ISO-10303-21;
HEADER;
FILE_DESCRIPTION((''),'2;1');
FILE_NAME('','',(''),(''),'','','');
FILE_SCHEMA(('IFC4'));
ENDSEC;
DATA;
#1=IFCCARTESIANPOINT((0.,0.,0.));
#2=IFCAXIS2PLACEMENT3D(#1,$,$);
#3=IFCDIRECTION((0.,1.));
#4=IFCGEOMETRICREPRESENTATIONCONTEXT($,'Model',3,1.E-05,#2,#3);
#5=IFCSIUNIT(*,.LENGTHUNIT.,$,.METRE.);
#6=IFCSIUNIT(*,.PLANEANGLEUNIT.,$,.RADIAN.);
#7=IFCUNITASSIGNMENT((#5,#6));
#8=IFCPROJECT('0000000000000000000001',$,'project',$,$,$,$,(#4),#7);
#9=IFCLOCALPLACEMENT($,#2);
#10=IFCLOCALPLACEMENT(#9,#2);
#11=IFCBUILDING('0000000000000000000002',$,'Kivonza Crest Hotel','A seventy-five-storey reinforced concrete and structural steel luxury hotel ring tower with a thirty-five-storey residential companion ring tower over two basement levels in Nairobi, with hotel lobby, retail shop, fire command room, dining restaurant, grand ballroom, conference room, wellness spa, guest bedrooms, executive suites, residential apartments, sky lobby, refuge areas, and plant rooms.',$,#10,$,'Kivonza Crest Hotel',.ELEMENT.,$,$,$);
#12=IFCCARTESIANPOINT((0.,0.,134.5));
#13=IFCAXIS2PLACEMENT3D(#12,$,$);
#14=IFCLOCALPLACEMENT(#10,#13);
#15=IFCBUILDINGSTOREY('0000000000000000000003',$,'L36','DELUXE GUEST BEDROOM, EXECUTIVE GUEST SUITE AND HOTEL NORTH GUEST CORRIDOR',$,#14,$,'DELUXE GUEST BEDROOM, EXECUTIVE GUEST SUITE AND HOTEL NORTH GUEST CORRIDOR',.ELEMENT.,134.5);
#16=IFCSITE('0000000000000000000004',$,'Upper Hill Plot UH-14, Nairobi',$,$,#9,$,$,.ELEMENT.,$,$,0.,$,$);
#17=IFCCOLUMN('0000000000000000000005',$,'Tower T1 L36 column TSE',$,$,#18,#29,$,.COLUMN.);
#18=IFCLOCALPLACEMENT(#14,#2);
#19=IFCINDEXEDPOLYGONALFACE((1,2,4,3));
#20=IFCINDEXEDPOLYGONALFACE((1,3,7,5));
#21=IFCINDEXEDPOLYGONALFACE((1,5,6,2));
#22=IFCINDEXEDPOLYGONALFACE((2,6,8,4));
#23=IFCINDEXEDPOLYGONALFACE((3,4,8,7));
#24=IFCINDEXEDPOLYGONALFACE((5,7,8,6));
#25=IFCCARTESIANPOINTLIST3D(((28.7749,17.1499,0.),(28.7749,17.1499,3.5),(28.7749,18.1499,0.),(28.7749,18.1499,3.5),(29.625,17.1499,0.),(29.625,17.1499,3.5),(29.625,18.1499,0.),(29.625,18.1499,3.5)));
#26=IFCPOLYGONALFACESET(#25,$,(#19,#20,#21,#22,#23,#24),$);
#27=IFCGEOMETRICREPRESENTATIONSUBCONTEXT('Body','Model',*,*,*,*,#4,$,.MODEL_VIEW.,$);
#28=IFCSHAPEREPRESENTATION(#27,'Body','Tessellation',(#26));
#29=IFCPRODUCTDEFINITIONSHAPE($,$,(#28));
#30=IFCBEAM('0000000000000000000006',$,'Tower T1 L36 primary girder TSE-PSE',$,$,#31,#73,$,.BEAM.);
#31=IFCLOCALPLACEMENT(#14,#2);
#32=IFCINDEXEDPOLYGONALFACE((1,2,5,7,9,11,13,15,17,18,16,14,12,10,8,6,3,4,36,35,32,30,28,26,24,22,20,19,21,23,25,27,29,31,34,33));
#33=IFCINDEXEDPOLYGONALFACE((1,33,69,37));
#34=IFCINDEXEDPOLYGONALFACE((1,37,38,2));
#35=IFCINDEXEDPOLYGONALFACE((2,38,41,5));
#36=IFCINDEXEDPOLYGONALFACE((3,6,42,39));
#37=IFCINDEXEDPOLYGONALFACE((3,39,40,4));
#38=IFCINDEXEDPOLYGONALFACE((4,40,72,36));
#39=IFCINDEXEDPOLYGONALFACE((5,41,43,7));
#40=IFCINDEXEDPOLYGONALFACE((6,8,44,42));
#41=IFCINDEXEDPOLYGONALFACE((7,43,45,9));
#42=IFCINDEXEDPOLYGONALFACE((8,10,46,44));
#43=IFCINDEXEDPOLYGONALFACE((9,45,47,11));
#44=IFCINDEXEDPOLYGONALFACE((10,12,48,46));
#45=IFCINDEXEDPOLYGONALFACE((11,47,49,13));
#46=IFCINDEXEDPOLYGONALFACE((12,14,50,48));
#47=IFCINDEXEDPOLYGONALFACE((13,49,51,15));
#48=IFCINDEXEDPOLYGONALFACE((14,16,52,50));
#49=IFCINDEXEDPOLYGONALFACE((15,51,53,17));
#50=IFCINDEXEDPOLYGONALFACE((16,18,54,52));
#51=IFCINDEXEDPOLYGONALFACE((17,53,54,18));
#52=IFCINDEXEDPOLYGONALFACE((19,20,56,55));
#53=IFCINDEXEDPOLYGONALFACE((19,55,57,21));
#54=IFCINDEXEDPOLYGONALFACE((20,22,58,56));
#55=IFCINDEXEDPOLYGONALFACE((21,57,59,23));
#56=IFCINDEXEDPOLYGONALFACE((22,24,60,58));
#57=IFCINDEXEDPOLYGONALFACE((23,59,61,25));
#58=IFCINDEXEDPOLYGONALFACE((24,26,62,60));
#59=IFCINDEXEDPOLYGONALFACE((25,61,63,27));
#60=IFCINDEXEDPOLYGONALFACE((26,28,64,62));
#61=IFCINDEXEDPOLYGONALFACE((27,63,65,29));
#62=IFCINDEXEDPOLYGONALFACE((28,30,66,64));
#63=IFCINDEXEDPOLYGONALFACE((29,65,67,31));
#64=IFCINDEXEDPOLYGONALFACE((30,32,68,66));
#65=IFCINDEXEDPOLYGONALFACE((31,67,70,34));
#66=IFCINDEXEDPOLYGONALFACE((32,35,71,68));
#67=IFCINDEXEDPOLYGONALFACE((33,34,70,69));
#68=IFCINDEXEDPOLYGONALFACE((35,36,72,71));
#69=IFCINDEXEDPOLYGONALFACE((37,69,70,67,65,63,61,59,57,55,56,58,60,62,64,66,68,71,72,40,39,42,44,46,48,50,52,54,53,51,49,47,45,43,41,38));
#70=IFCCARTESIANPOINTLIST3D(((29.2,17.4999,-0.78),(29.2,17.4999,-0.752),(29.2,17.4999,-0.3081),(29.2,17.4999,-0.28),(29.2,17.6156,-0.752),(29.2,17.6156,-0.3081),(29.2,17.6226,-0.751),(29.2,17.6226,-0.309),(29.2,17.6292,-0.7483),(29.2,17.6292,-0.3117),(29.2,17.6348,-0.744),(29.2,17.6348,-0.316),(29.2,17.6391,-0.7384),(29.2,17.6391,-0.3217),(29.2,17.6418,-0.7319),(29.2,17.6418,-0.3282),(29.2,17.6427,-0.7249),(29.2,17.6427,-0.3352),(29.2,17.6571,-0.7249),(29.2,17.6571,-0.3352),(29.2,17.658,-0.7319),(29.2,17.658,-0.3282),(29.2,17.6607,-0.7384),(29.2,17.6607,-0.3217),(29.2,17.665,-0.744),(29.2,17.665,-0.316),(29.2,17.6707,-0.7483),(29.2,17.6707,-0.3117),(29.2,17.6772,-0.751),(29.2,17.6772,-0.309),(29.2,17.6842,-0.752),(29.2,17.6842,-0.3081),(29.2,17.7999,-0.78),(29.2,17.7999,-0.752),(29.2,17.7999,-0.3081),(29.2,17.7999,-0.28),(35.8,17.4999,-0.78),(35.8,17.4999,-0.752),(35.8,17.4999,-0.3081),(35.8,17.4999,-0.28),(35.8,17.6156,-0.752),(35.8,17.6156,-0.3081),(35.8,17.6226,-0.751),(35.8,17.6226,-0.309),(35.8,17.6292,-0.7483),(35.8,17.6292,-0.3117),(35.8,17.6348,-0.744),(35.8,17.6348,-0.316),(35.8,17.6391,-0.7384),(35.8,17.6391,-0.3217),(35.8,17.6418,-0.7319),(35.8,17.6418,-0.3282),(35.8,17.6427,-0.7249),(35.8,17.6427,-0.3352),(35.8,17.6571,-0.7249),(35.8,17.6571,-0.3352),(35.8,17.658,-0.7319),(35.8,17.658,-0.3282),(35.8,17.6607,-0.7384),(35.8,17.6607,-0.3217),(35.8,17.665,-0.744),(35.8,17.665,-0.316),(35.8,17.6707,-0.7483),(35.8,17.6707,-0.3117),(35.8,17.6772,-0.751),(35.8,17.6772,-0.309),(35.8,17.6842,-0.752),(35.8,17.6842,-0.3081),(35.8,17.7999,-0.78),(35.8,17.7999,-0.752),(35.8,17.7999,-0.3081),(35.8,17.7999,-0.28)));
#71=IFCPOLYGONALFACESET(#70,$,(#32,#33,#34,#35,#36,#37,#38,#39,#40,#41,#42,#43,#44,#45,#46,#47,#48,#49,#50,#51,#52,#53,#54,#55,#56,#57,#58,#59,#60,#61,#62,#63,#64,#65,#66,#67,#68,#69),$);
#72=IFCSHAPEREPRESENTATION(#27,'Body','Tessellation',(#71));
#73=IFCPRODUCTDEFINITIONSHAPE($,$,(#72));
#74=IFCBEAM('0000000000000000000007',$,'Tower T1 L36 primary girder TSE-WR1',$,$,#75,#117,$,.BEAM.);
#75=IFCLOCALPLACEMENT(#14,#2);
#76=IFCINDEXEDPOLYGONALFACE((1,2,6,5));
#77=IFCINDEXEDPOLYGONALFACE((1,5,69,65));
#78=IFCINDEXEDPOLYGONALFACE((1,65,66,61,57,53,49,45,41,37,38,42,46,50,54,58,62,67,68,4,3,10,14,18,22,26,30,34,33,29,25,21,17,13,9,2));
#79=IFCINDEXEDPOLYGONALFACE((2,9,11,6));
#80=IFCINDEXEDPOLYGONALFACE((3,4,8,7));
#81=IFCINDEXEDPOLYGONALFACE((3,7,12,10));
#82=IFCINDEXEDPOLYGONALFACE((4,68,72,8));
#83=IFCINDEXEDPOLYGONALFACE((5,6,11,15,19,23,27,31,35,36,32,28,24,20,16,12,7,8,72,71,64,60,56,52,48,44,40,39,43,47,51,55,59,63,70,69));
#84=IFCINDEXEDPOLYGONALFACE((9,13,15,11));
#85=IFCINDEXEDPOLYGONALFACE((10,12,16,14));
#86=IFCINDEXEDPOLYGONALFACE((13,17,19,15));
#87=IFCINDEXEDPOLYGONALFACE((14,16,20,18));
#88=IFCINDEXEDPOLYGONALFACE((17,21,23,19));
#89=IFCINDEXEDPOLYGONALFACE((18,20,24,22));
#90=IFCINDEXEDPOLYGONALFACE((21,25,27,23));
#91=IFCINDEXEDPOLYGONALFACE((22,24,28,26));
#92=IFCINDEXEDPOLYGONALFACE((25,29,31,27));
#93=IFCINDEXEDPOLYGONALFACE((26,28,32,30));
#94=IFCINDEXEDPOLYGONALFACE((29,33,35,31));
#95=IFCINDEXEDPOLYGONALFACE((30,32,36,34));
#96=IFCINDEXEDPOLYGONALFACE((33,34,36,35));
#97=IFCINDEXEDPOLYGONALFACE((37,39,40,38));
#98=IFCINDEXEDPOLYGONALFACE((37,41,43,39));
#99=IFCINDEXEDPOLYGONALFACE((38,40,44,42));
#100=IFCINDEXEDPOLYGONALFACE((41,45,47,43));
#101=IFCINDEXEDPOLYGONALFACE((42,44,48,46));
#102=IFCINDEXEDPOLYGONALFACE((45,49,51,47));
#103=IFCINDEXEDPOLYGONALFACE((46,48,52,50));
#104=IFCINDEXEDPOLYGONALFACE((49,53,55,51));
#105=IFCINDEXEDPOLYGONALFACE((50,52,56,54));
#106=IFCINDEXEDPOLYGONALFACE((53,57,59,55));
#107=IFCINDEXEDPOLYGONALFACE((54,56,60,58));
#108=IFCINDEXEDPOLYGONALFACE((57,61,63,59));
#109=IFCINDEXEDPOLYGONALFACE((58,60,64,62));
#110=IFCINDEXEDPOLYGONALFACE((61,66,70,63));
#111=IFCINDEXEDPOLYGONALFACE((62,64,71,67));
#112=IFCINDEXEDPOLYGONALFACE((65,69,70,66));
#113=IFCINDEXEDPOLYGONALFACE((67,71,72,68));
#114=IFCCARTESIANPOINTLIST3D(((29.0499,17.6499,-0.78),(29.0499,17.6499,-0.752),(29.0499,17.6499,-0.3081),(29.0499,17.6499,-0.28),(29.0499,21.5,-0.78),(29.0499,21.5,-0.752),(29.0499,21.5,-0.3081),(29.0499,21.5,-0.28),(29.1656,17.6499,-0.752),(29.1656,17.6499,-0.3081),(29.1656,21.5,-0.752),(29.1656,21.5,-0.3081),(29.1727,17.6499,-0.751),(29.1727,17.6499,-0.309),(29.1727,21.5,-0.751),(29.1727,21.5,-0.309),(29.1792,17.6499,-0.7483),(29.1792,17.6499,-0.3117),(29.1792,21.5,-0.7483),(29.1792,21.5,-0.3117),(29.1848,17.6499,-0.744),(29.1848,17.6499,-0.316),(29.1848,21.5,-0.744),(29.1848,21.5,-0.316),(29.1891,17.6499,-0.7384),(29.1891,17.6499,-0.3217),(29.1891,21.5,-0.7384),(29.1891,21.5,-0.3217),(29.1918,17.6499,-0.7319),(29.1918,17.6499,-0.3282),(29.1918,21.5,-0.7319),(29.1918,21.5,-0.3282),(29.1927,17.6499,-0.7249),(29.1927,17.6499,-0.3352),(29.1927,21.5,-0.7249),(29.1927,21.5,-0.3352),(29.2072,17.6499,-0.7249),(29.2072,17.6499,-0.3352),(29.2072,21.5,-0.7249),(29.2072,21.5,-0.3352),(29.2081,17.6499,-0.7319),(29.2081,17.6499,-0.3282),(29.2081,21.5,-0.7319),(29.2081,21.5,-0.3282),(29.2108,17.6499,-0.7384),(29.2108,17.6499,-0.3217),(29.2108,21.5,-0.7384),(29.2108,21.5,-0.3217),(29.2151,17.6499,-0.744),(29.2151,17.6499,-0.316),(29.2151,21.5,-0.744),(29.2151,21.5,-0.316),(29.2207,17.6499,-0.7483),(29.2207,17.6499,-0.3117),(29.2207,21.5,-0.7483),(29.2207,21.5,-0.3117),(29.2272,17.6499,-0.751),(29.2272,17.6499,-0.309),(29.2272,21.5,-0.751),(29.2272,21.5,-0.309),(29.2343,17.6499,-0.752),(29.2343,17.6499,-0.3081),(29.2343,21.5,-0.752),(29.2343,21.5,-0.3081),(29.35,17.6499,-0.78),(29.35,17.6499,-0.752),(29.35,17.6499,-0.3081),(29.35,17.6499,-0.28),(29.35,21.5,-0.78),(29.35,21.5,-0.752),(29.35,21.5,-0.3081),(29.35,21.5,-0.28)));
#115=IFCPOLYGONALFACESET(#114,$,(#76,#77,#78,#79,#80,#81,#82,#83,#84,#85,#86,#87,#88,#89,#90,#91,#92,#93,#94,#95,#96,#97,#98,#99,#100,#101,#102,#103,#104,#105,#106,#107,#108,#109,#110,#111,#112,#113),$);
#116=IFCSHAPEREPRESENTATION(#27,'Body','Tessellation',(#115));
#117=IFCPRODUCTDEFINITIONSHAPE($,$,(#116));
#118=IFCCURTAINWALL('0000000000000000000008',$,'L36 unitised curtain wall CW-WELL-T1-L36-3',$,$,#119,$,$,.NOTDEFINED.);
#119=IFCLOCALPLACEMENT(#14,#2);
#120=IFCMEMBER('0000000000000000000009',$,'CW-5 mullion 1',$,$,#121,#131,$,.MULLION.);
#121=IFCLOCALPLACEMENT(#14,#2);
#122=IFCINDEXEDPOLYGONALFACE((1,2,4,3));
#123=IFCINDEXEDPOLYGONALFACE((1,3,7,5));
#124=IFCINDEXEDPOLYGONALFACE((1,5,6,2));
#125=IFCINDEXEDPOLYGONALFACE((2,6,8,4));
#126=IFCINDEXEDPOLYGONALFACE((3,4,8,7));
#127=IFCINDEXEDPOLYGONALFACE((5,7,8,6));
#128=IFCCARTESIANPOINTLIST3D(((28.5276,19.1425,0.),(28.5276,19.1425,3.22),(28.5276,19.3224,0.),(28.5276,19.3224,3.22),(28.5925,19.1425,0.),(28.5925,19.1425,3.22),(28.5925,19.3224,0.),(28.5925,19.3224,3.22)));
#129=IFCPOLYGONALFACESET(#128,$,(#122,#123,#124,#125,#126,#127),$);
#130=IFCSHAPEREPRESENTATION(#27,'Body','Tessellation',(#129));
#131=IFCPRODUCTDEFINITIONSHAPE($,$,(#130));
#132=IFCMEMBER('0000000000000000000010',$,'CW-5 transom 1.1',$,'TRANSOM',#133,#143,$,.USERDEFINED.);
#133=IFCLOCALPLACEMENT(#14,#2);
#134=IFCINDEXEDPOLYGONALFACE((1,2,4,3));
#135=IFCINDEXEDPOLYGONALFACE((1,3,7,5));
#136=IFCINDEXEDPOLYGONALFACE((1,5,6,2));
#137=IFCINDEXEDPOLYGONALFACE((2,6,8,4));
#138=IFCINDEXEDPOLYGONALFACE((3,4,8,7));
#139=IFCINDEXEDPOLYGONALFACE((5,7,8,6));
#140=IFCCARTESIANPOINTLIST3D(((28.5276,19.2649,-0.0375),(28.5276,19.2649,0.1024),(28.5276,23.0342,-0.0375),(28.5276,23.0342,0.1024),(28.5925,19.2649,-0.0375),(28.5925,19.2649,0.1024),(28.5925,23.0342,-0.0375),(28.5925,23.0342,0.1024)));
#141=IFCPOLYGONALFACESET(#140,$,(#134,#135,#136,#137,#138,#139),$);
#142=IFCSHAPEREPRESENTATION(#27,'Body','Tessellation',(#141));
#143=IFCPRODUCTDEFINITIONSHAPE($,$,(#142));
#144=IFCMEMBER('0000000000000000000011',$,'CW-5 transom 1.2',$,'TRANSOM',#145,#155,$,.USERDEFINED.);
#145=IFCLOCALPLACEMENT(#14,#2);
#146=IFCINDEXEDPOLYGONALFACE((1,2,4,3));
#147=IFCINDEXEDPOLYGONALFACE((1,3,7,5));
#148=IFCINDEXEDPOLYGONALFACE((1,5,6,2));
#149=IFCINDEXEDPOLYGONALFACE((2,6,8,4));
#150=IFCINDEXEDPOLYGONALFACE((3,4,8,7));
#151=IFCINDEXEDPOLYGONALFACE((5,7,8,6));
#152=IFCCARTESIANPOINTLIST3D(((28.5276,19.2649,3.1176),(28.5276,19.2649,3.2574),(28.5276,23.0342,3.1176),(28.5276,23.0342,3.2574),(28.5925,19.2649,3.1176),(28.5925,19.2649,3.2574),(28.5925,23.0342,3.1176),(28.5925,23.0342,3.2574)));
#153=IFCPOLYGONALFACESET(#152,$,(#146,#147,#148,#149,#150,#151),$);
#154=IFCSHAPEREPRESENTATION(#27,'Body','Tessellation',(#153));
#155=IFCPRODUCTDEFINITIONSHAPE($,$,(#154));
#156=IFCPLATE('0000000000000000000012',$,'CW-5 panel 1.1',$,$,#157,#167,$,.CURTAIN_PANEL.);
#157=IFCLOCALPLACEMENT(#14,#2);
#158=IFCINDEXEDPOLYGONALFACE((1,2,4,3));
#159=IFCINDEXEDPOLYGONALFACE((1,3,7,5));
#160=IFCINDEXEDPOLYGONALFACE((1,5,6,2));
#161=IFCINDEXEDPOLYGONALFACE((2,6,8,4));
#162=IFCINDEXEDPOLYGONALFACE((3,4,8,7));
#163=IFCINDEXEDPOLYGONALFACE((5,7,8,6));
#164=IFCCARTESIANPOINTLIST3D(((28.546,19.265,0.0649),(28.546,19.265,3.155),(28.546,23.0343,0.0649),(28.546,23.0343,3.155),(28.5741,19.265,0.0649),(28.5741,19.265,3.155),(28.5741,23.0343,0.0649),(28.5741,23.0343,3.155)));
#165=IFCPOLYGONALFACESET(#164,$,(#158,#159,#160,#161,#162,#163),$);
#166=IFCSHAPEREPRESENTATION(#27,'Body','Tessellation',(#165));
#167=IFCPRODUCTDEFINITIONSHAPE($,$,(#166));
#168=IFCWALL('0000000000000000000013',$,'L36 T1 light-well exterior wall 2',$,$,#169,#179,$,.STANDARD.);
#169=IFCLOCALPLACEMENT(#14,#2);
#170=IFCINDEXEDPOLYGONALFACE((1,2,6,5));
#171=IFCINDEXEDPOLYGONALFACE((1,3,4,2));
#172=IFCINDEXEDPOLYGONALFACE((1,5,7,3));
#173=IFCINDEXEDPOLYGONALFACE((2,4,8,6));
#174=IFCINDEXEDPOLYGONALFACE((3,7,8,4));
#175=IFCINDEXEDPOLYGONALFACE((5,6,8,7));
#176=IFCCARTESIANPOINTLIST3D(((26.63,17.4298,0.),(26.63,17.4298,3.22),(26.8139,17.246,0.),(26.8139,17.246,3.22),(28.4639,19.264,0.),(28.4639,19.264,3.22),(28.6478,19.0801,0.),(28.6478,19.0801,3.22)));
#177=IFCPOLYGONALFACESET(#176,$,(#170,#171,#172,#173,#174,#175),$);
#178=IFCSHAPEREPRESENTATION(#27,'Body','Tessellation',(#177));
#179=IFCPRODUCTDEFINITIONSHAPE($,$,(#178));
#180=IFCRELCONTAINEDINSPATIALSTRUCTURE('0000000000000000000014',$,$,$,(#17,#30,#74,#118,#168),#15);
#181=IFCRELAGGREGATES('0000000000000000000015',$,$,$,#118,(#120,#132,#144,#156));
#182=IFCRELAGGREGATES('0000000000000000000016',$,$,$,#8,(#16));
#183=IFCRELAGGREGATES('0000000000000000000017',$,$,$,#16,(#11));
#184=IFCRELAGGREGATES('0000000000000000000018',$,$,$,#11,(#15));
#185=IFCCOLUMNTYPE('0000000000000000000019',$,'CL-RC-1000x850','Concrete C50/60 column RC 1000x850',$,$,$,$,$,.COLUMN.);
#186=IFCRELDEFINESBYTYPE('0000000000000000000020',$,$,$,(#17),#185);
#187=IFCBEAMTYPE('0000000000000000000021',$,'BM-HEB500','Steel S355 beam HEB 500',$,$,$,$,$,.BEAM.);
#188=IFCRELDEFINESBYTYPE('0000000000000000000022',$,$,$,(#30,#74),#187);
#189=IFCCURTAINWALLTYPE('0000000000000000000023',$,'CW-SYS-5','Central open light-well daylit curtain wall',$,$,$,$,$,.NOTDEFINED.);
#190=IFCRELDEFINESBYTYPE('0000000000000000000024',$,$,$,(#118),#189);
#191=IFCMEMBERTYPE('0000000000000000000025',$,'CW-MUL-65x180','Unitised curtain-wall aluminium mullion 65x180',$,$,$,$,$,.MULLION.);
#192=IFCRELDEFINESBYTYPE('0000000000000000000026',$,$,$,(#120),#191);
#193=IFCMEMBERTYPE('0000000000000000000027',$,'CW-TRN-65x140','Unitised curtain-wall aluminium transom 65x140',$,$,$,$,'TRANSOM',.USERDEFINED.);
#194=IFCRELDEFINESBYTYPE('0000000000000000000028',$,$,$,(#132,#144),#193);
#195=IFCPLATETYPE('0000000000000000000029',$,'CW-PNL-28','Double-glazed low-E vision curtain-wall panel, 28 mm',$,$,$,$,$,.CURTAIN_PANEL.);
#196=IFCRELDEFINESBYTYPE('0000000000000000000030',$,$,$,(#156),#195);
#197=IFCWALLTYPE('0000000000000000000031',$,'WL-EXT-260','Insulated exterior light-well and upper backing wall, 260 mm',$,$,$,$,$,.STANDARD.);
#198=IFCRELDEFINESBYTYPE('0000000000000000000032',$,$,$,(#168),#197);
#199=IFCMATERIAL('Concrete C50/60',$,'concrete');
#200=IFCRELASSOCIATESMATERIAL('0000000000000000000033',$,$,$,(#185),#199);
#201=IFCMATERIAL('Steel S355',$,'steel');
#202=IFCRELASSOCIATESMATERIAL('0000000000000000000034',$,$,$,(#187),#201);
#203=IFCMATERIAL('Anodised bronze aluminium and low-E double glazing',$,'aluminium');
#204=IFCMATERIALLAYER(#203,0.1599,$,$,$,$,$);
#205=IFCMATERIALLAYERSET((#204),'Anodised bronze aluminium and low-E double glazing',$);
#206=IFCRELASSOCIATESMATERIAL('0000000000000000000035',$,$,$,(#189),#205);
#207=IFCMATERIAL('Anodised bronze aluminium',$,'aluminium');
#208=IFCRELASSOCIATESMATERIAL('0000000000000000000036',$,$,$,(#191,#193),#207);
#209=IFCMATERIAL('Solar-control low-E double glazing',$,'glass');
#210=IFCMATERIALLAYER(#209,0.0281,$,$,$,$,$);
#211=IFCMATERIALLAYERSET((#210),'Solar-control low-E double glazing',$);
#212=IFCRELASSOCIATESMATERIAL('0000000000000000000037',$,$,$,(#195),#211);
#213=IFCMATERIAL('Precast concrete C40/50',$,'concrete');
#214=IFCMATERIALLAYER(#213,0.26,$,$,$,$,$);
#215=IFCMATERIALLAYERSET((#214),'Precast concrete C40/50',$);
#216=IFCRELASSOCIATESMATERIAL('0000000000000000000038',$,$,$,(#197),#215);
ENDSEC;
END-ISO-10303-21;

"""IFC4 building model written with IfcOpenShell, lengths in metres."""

from ifc_helpers import new_model, si_unit, direction, frame, frame_2d, origin, origin_2d, place, context, subcontext, project, spatial, rectangle, i_section, extrude, material, layer, layer_set, material_profile, profile_set, type_object, element, aggregate, save


model = new_model("IFC4")

# Units and contexts
model_context = context("Model", 3, precision=1e-05, world=origin(), true_north=direction((0.0, 1.0)))
body_context = subcontext(model_context, "Body", "Model", "MODEL_VIEW")
ifc_project = project(units=[si_unit("LENGTHUNIT", "METRE"), si_unit("PLANEANGLEUNIT", "RADIAN")], contexts=[model_context])

# Site, building, storey
site_placement = place(None, origin())
site = spatial("IfcSite", under=ifc_project, at=site_placement, Name="Upper Hill Plot UH-14, Nairobi", CompositionType="ELEMENT", RefElevation=0.0)
building_placement = place(site_placement, origin())
building = spatial("IfcBuilding", under=site, at=building_placement, Name="Kivonza Crest Hotel", Description="A seventy-five-storey reinforced concrete and structural steel luxury hotel ring tower with a thirty-five-storey residential companion ring tower over two basement levels in Nairobi, with hotel lobby, retail shop, fire command room, dining restaurant, grand ballroom, conference room, wellness spa, guest bedrooms, executive suites, residential apartments, sky lobby, refuge areas, and plant rooms.", LongName="Kivonza Crest Hotel", CompositionType="ELEMENT")
storey_placement = place(building_placement, frame((0.0, 0.0, 134.5)))
storey = spatial("IfcBuildingStorey", under=building, at=storey_placement, Name="L36", Description="DELUXE GUEST BEDROOM, EXECUTIVE GUEST SUITE AND HOTEL NORTH GUEST CORRIDOR", LongName="DELUXE GUEST BEDROOM, EXECUTIVE GUEST SUITE AND HOTEL NORTH GUEST CORRIDOR", CompositionType="ELEMENT", Elevation=134.5)

# Column
ifc_material_1 = material(Name="Concrete C50/60", Category="concrete")
ifc_material_profile_1 = material_profile(ifc_material_1, rectangle(XDim=0.8501, YDim=1.0, at=origin_2d()), Name="RC 1000x850")
ifc_profile_set_1 = profile_set([ifc_material_profile_1], Name="Concrete C50/60")
column_type = type_object("IfcColumnType", Name="CL-RC-1000x850", Description="Concrete C50/60 column RC 1000x850", PredefinedType="COLUMN", material=ifc_profile_set_1)
column_placement = place(storey_placement, frame((29.2, 17.6499, 0.0), z_axis=(0.0, 0.0, 1.0), x_axis=(1.0, 0.0, 0.0)))
element("IfcColumn", 1, at=column_placement, inside=storey, type_object=column_type, Name="Tower T1 L36 column TSE", PredefinedType="COLUMN", context=body_context, shape_type="SweptSolid", body=[
    extrude(rectangle(XDim=0.8501, YDim=1.0, at=origin_2d()), origin(), (0.0, 0.0, 1.0), 3.5),
])

# Beams
ifc_material_2 = material(Name="Steel S355", Category="steel")
ifc_material_profile_2 = material_profile(ifc_material_2, i_section(OverallWidth=0.3, OverallDepth=0.5, WebThickness=0.0144, FlangeThickness=0.0281, FilletRadius=0.0271, at=origin_2d()), Name="HEB 500")
ifc_profile_set_2 = profile_set([ifc_material_profile_2], Name="Steel S355")
beam_type = type_object("IfcBeamType", Name="BM-HEB500", Description="Steel S355 beam HEB 500", PredefinedType="BEAM", material=ifc_profile_set_2)
beam_1_placement = place(storey_placement, frame((29.2, 17.6499, -0.53), z_axis=(1.0, 0.0, 0.0), x_axis=(0.0, 1.0, 0.0)))
element("IfcBeam", 2, at=beam_1_placement, inside=storey, type_object=beam_type, Name="Tower T1 L36 primary girder TSE-PSE", PredefinedType="BEAM", context=body_context, shape_type="SweptSolid", body=[
    extrude(i_section(OverallWidth=0.3, OverallDepth=0.5, WebThickness=0.0144, FlangeThickness=0.0281, FilletRadius=0.0271, at=origin_2d()), origin(), (0.0, 0.0, 1.0), 6.6001),
])
beam_2_placement = place(storey_placement, frame((29.2, 17.6499, -0.53), z_axis=(0.0, 1.0, 0.0), x_axis=(-1.0, 0.0, 0.0)))
element("IfcBeam", 3, at=beam_2_placement, inside=storey, type_object=beam_type, Name="Tower T1 L36 primary girder TSE-WR1", PredefinedType="BEAM", context=body_context, shape_type="SweptSolid", body=[
    extrude(i_section(OverallWidth=0.3, OverallDepth=0.5, WebThickness=0.0144, FlangeThickness=0.0281, FilletRadius=0.0271, at=origin_2d()), origin(), (0.0, 0.0, 1.0), 3.8501),
])

# Curtain wall, members, plate
ifc_material_3 = material(Name="Anodised bronze aluminium and low-E double glazing", Category="aluminium")
ifc_layer_1 = layer(ifc_material_3, 0.1599)
ifc_layer_set_1 = layer_set([ifc_layer_1], Name="Anodised bronze aluminium and low-E double glazing")
curtain_wall_type = type_object("IfcCurtainWallType", Name="CW-SYS-5", Description="Central open light-well daylit curtain wall", PredefinedType="NOTDEFINED", material=ifc_layer_set_1)
curtain_wall_placement = place(storey_placement, origin())
curtain_wall = element("IfcCurtainWall", 4, at=curtain_wall_placement, inside=storey, type_object=curtain_wall_type, Name="L36 unitised curtain wall CW-WELL-T1-L36-3", PredefinedType="NOTDEFINED")
ifc_material_4 = material(Name="Anodised bronze aluminium", Category="aluminium")
ifc_material_profile_3 = material_profile(ifc_material_4, rectangle(XDim=0.0649, YDim=0.1799, at=origin_2d()), Name="CW-M 65x180")
ifc_profile_set_3 = profile_set([ifc_material_profile_3], Name="Anodised bronze aluminium")
member_type_1 = type_object("IfcMemberType", Name="CW-MUL-65x180", Description="Unitised curtain-wall aluminium mullion 65x180", PredefinedType="MULLION", material=ifc_profile_set_3)
member_1_placement = place(storey_placement, frame((28.5601, 19.2324, 0.0), z_axis=(0.0, 0.0, 1.0), x_axis=(-1.0, 0.0, 0.0)))
member_1 = element("IfcMember", 5, at=member_1_placement, type_object=member_type_1, Name="CW-5 mullion 1", PredefinedType="MULLION", context=body_context, shape_type="SweptSolid", body=[
    extrude(rectangle(XDim=0.0649, YDim=0.1799, at=origin_2d()), origin(), (0.0, 0.0, 1.0), 3.22),
])
ifc_material_profile_4 = material_profile(ifc_material_4, rectangle(XDim=0.0649, YDim=0.1399, at=origin_2d()), Name="CW-T 65x140")
ifc_profile_set_4 = profile_set([ifc_material_profile_4], Name="Anodised bronze aluminium")
member_type_2 = type_object("IfcMemberType", Name="CW-TRN-65x140", Description="Unitised curtain-wall aluminium transom 65x140", ElementType="TRANSOM", PredefinedType="USERDEFINED", material=ifc_profile_set_4)
member_2_placement = place(storey_placement, frame((28.5601, 19.2649, 0.0325), z_axis=(0.0, 1.0, 0.0), x_axis=(-1.0, 0.0, 0.0)))
member_2 = element("IfcMember", 6, at=member_2_placement, type_object=member_type_2, Name="CW-5 transom 1.1", ObjectType="TRANSOM", PredefinedType="USERDEFINED", context=body_context, shape_type="SweptSolid", body=[
    extrude(rectangle(XDim=0.0649, YDim=0.1399, at=origin_2d()), origin(), (0.0, 0.0, 1.0), 3.7693),
])
member_3_placement = place(storey_placement, frame((28.5601, 19.2649, 3.1875), z_axis=(0.0, 1.0, 0.0), x_axis=(-1.0, 0.0, 0.0)))
member_3 = element("IfcMember", 7, at=member_3_placement, type_object=member_type_2, Name="CW-5 transom 1.2", ObjectType="TRANSOM", PredefinedType="USERDEFINED", context=body_context, shape_type="SweptSolid", body=[
    extrude(rectangle(XDim=0.0649, YDim=0.1399, at=origin_2d()), origin(), (0.0, 0.0, 1.0), 3.7693),
])
ifc_material_5 = material(Name="Solar-control low-E double glazing", Category="glass")
ifc_layer_2 = layer(ifc_material_5, 0.0281)
ifc_layer_set_2 = layer_set([ifc_layer_2], Name="Solar-control low-E double glazing")
plate_type = type_object("IfcPlateType", Name="CW-PNL-28", Description="Double-glazed low-E vision curtain-wall panel, 28 mm", PredefinedType="CURTAIN_PANEL", material=ifc_layer_set_2)
plate_placement = place(storey_placement, frame((28.5601, 21.1497, 0.0649), z_axis=(0.0, 0.0, 1.0), x_axis=(0.0, 1.0, 0.0)))
plate = element("IfcPlate", 8, at=plate_placement, type_object=plate_type, Name="CW-5 panel 1.1", PredefinedType="CURTAIN_PANEL", context=body_context, shape_type="SweptSolid", body=[
    extrude(rectangle(XDim=3.7693, YDim=0.0281, at=origin_2d()), origin(), (0.0, 0.0, 1.0), 3.0901),
])
aggregate(curtain_wall, [member_1, member_2, member_3, plate])

# Wall
ifc_material_6 = material(Name="Precast concrete C40/50", Category="concrete")
ifc_layer_3 = layer(ifc_material_6, 0.26)
ifc_layer_set_3 = layer_set([ifc_layer_3], Name="Precast concrete C40/50")
wall_type_1 = type_object("IfcWallType", Name="WL-EXT-260", Description="Insulated exterior light-well and upper backing wall, 260 mm", PredefinedType="STANDARD", material=ifc_layer_set_3)
wall_1_placement = place(storey_placement, frame((26.7219, 17.3379, 0.0), z_axis=(0.0, 0.0, 1.0), x_axis=(0.70706, 0.707154, 0.0)))
element("IfcWall", 9, at=wall_1_placement, inside=storey, type_object=wall_type_1, Name="L36 T1 light-well exterior wall 2", PredefinedType="STANDARD", context=body_context, shape_type="SweptSolid", body=[
    extrude(rectangle(XDim=2.5938, YDim=0.26, at=frame_2d((1.2969, 0.0))), origin(), (0.0, 0.0, 1.0), 3.22),
])

save(model, "model.ifc")
